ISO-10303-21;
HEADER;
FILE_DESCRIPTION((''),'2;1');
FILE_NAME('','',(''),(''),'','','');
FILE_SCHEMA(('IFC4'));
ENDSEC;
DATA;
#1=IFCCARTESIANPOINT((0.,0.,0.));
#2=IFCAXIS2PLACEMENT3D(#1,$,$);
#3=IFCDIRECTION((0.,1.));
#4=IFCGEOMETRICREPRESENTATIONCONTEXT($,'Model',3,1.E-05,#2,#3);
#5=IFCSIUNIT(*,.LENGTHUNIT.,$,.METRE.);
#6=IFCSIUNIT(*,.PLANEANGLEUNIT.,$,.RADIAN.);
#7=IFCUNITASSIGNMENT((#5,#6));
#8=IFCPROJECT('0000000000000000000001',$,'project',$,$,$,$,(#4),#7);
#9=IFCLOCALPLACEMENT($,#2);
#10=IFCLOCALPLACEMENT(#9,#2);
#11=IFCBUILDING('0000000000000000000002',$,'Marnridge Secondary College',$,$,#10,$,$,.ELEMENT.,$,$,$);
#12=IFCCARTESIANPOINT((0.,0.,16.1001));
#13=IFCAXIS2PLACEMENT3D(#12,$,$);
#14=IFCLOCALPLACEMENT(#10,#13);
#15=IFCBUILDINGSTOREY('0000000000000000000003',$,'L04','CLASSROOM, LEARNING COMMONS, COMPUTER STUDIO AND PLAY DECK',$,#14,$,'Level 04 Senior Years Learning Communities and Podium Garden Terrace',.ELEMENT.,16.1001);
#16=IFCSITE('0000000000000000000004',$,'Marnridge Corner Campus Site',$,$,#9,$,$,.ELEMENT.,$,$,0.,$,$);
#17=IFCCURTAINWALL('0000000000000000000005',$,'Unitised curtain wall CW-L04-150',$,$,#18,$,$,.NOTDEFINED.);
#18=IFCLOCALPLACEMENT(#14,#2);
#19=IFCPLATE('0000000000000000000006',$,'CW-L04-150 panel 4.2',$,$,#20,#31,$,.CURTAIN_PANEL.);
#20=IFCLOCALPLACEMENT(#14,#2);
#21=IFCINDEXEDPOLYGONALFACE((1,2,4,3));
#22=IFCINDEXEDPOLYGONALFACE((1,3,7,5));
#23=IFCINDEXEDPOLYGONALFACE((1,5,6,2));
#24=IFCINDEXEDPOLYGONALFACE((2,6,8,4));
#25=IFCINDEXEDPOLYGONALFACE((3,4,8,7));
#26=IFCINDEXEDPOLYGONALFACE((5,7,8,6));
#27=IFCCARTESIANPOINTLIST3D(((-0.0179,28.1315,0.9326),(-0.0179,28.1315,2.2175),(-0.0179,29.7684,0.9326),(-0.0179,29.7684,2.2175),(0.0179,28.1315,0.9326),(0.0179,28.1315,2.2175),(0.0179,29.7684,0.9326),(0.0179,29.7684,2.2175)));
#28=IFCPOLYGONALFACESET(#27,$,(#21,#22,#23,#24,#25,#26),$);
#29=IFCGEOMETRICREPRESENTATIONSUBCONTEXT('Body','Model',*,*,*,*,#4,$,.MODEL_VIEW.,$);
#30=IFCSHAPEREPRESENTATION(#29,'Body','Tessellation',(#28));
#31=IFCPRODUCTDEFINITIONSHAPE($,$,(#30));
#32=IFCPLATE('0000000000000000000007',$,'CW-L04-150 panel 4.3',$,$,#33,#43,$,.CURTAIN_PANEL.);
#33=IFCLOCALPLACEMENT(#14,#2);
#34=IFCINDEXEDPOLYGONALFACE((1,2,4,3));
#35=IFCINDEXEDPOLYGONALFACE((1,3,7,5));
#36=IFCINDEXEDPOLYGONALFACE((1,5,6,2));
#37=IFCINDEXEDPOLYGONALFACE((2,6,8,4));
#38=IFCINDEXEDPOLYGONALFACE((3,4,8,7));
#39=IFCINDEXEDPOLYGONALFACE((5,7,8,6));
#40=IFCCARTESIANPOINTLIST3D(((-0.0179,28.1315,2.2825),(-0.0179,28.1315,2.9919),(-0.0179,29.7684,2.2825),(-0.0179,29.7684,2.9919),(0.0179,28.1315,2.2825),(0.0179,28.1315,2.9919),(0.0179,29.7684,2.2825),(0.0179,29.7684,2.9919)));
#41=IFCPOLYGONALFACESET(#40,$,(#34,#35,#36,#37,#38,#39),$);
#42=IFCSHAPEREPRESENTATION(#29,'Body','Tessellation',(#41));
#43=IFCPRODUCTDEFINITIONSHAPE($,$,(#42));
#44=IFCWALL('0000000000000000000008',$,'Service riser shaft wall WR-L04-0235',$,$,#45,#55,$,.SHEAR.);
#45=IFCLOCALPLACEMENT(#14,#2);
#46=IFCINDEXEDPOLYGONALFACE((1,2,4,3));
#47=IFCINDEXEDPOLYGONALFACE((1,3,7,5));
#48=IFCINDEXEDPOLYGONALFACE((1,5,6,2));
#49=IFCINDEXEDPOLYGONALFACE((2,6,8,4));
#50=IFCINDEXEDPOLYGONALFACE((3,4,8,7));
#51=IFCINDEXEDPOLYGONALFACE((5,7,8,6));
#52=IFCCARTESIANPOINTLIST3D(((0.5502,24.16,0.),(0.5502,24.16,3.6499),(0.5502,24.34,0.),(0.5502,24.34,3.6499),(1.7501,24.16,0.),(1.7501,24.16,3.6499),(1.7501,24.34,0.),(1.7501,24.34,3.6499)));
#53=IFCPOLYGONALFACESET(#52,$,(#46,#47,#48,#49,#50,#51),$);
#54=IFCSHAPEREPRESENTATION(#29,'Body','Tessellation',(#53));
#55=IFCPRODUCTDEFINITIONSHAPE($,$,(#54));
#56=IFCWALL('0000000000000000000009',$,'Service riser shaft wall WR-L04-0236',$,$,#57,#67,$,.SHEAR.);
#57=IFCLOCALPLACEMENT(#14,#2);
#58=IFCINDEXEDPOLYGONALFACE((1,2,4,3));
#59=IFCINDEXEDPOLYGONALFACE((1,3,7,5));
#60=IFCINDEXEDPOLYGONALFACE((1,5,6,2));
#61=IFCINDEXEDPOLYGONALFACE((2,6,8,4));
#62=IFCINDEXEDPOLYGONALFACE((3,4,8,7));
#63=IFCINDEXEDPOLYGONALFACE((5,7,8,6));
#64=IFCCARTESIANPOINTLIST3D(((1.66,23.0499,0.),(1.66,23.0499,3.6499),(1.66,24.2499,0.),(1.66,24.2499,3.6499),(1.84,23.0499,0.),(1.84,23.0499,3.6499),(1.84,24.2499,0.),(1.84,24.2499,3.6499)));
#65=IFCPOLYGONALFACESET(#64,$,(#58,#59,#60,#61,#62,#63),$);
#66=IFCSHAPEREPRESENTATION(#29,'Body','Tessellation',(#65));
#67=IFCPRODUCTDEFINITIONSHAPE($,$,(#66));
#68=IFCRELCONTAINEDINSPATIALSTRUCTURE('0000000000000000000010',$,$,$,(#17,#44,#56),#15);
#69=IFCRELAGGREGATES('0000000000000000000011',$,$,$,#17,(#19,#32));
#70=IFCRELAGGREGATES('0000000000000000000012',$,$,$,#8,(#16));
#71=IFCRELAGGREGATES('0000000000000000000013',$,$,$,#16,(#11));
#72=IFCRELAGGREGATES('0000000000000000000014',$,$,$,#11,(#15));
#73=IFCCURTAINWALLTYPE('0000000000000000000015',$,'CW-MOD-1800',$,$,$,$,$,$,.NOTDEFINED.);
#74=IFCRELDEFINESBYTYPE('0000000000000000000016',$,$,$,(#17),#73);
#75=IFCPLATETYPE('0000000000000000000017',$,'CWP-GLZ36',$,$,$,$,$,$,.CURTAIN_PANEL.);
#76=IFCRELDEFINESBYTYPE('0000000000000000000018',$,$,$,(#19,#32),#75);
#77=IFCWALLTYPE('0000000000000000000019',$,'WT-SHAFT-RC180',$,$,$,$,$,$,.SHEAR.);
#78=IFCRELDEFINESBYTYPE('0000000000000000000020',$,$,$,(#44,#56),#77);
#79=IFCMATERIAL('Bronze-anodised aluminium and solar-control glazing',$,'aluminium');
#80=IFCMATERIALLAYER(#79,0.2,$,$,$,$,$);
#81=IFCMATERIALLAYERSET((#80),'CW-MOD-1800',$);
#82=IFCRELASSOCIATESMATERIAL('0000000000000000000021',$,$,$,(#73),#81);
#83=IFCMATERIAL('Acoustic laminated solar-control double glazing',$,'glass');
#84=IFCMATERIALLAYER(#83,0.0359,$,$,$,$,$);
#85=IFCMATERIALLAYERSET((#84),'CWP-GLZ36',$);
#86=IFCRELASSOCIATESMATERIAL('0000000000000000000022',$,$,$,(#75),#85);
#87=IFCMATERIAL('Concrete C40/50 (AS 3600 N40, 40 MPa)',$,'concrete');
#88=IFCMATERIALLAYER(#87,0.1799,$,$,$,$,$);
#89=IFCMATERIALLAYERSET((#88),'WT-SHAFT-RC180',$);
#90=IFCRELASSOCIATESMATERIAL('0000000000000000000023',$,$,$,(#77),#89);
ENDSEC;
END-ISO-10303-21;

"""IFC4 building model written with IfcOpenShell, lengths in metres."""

from ifc_helpers import new_model, si_unit, direction, frame, frame_2d, origin, origin_2d, place, context, subcontext, project, spatial, rectangle, extrude, material, layer, layer_set, type_object, element, aggregate, save


model = new_model("IFC4")

# Units and contexts
model_context = context("Model", 3, precision=1e-05, world=origin(), true_north=direction((0.0, 1.0)))
body_context = subcontext(model_context, "Body", "Model", "MODEL_VIEW")
ifc_project = project(units=[si_unit("LENGTHUNIT", "METRE"), si_unit("PLANEANGLEUNIT", "RADIAN")], contexts=[model_context])

# Site, building, storey
site_placement = place(None, origin())
site = spatial("IfcSite", under=ifc_project, at=site_placement, Name="Marnridge Corner Campus Site", CompositionType="ELEMENT", RefElevation=0.0)
building_placement = place(site_placement, origin())
building = spatial("IfcBuilding", under=site, at=building_placement, Name="Marnridge Secondary College", CompositionType="ELEMENT")
storey_placement = place(building_placement, frame((0.0, 0.0, 16.1001)))
storey = spatial("IfcBuildingStorey", under=building, at=storey_placement, Name="L04", Description="CLASSROOM, LEARNING COMMONS, COMPUTER STUDIO AND PLAY DECK", LongName="Level 04 Senior Years Learning Communities and Podium Garden Terrace", CompositionType="ELEMENT", Elevation=16.1001)

# Curtain wall, plates
ifc_material_1 = material(Name="Bronze-anodised aluminium and solar-control glazing", Category="aluminium")
ifc_layer_1 = layer(ifc_material_1, 0.2)
ifc_layer_set_1 = layer_set([ifc_layer_1], Name="CW-MOD-1800")
curtain_wall_type = type_object("IfcCurtainWallType", Name="CW-MOD-1800", PredefinedType="NOTDEFINED", material=ifc_layer_set_1)
curtain_wall_placement = place(storey_placement, origin())
curtain_wall = element("IfcCurtainWall", 1, at=curtain_wall_placement, inside=storey, type_object=curtain_wall_type, Name="Unitised curtain wall CW-L04-150", PredefinedType="NOTDEFINED")
ifc_material_2 = material(Name="Acoustic laminated solar-control double glazing", Category="glass")
ifc_layer_2 = layer(ifc_material_2, 0.0359)
ifc_layer_set_2 = layer_set([ifc_layer_2], Name="CWP-GLZ36")
plate_type = type_object("IfcPlateType", Name="CWP-GLZ36", PredefinedType="CURTAIN_PANEL", material=ifc_layer_set_2)
plate_1_placement = place(storey_placement, frame((0.0, 28.95, 0.9326), z_axis=(0.0, 0.0, 1.0), x_axis=(0.0, 1.0, 0.0)))
plate_1 = element("IfcPlate", 2, at=plate_1_placement, type_object=plate_type, Name="CW-L04-150 panel 4.2", PredefinedType="CURTAIN_PANEL", context=body_context, shape_type="SweptSolid", body=[
    extrude(rectangle(XDim=1.637, YDim=0.0359, at=origin_2d()), origin(), (0.0, 0.0, 1.0), 1.2849),
])
plate_2_placement = place(storey_placement, frame((0.0, 28.95, 2.2825), z_axis=(0.0, 0.0, 1.0), x_axis=(0.0, 1.0, 0.0)))
plate_2 = element("IfcPlate", 3, at=plate_2_placement, type_object=plate_type, Name="CW-L04-150 panel 4.3", PredefinedType="CURTAIN_PANEL", context=body_context, shape_type="SweptSolid", body=[
    extrude(rectangle(XDim=1.637, YDim=0.0359, at=origin_2d()), origin(), (0.0, 0.0, 1.0), 0.7095),
])
aggregate(curtain_wall, [plate_1, plate_2])

# Walls
ifc_material_3 = material(Name="Concrete C40/50 (AS 3600 N40, 40 MPa)", Category="concrete")
ifc_layer_3 = layer(ifc_material_3, 0.1799)
ifc_layer_set_3 = layer_set([ifc_layer_3], Name="WT-SHAFT-RC180")
wall_type = type_object("IfcWallType", Name="WT-SHAFT-RC180", PredefinedType="SHEAR", material=ifc_layer_set_3)
for number, where, z_axis, x_axis, name in (
    (4, (0.55, 24.25, 0.0), (0.0, 0.0, 1.0), (1.0, 0.0, 0.0), "Service riser shaft wall WR-L04-0235"),
    (5, (1.75, 24.25, 0.0), (0.0, 0.0, 1.0), (0.0, -1.0, 0.0), "Service riser shaft wall WR-L04-0236"),
):
    element("IfcWall", number, at=place(storey_placement, frame(where, z_axis=z_axis, x_axis=x_axis)), inside=storey, type_object=wall_type, Name=name, PredefinedType="SHEAR", context=body_context, shape_type="SweptSolid", body=[
        extrude(rectangle(XDim=1.2, YDim=0.1799, at=frame_2d((0.6001, 0.0))), origin(), (0.0, 0.0, 1.0), 3.6499),
    ])

save(model, "model.ifc")
